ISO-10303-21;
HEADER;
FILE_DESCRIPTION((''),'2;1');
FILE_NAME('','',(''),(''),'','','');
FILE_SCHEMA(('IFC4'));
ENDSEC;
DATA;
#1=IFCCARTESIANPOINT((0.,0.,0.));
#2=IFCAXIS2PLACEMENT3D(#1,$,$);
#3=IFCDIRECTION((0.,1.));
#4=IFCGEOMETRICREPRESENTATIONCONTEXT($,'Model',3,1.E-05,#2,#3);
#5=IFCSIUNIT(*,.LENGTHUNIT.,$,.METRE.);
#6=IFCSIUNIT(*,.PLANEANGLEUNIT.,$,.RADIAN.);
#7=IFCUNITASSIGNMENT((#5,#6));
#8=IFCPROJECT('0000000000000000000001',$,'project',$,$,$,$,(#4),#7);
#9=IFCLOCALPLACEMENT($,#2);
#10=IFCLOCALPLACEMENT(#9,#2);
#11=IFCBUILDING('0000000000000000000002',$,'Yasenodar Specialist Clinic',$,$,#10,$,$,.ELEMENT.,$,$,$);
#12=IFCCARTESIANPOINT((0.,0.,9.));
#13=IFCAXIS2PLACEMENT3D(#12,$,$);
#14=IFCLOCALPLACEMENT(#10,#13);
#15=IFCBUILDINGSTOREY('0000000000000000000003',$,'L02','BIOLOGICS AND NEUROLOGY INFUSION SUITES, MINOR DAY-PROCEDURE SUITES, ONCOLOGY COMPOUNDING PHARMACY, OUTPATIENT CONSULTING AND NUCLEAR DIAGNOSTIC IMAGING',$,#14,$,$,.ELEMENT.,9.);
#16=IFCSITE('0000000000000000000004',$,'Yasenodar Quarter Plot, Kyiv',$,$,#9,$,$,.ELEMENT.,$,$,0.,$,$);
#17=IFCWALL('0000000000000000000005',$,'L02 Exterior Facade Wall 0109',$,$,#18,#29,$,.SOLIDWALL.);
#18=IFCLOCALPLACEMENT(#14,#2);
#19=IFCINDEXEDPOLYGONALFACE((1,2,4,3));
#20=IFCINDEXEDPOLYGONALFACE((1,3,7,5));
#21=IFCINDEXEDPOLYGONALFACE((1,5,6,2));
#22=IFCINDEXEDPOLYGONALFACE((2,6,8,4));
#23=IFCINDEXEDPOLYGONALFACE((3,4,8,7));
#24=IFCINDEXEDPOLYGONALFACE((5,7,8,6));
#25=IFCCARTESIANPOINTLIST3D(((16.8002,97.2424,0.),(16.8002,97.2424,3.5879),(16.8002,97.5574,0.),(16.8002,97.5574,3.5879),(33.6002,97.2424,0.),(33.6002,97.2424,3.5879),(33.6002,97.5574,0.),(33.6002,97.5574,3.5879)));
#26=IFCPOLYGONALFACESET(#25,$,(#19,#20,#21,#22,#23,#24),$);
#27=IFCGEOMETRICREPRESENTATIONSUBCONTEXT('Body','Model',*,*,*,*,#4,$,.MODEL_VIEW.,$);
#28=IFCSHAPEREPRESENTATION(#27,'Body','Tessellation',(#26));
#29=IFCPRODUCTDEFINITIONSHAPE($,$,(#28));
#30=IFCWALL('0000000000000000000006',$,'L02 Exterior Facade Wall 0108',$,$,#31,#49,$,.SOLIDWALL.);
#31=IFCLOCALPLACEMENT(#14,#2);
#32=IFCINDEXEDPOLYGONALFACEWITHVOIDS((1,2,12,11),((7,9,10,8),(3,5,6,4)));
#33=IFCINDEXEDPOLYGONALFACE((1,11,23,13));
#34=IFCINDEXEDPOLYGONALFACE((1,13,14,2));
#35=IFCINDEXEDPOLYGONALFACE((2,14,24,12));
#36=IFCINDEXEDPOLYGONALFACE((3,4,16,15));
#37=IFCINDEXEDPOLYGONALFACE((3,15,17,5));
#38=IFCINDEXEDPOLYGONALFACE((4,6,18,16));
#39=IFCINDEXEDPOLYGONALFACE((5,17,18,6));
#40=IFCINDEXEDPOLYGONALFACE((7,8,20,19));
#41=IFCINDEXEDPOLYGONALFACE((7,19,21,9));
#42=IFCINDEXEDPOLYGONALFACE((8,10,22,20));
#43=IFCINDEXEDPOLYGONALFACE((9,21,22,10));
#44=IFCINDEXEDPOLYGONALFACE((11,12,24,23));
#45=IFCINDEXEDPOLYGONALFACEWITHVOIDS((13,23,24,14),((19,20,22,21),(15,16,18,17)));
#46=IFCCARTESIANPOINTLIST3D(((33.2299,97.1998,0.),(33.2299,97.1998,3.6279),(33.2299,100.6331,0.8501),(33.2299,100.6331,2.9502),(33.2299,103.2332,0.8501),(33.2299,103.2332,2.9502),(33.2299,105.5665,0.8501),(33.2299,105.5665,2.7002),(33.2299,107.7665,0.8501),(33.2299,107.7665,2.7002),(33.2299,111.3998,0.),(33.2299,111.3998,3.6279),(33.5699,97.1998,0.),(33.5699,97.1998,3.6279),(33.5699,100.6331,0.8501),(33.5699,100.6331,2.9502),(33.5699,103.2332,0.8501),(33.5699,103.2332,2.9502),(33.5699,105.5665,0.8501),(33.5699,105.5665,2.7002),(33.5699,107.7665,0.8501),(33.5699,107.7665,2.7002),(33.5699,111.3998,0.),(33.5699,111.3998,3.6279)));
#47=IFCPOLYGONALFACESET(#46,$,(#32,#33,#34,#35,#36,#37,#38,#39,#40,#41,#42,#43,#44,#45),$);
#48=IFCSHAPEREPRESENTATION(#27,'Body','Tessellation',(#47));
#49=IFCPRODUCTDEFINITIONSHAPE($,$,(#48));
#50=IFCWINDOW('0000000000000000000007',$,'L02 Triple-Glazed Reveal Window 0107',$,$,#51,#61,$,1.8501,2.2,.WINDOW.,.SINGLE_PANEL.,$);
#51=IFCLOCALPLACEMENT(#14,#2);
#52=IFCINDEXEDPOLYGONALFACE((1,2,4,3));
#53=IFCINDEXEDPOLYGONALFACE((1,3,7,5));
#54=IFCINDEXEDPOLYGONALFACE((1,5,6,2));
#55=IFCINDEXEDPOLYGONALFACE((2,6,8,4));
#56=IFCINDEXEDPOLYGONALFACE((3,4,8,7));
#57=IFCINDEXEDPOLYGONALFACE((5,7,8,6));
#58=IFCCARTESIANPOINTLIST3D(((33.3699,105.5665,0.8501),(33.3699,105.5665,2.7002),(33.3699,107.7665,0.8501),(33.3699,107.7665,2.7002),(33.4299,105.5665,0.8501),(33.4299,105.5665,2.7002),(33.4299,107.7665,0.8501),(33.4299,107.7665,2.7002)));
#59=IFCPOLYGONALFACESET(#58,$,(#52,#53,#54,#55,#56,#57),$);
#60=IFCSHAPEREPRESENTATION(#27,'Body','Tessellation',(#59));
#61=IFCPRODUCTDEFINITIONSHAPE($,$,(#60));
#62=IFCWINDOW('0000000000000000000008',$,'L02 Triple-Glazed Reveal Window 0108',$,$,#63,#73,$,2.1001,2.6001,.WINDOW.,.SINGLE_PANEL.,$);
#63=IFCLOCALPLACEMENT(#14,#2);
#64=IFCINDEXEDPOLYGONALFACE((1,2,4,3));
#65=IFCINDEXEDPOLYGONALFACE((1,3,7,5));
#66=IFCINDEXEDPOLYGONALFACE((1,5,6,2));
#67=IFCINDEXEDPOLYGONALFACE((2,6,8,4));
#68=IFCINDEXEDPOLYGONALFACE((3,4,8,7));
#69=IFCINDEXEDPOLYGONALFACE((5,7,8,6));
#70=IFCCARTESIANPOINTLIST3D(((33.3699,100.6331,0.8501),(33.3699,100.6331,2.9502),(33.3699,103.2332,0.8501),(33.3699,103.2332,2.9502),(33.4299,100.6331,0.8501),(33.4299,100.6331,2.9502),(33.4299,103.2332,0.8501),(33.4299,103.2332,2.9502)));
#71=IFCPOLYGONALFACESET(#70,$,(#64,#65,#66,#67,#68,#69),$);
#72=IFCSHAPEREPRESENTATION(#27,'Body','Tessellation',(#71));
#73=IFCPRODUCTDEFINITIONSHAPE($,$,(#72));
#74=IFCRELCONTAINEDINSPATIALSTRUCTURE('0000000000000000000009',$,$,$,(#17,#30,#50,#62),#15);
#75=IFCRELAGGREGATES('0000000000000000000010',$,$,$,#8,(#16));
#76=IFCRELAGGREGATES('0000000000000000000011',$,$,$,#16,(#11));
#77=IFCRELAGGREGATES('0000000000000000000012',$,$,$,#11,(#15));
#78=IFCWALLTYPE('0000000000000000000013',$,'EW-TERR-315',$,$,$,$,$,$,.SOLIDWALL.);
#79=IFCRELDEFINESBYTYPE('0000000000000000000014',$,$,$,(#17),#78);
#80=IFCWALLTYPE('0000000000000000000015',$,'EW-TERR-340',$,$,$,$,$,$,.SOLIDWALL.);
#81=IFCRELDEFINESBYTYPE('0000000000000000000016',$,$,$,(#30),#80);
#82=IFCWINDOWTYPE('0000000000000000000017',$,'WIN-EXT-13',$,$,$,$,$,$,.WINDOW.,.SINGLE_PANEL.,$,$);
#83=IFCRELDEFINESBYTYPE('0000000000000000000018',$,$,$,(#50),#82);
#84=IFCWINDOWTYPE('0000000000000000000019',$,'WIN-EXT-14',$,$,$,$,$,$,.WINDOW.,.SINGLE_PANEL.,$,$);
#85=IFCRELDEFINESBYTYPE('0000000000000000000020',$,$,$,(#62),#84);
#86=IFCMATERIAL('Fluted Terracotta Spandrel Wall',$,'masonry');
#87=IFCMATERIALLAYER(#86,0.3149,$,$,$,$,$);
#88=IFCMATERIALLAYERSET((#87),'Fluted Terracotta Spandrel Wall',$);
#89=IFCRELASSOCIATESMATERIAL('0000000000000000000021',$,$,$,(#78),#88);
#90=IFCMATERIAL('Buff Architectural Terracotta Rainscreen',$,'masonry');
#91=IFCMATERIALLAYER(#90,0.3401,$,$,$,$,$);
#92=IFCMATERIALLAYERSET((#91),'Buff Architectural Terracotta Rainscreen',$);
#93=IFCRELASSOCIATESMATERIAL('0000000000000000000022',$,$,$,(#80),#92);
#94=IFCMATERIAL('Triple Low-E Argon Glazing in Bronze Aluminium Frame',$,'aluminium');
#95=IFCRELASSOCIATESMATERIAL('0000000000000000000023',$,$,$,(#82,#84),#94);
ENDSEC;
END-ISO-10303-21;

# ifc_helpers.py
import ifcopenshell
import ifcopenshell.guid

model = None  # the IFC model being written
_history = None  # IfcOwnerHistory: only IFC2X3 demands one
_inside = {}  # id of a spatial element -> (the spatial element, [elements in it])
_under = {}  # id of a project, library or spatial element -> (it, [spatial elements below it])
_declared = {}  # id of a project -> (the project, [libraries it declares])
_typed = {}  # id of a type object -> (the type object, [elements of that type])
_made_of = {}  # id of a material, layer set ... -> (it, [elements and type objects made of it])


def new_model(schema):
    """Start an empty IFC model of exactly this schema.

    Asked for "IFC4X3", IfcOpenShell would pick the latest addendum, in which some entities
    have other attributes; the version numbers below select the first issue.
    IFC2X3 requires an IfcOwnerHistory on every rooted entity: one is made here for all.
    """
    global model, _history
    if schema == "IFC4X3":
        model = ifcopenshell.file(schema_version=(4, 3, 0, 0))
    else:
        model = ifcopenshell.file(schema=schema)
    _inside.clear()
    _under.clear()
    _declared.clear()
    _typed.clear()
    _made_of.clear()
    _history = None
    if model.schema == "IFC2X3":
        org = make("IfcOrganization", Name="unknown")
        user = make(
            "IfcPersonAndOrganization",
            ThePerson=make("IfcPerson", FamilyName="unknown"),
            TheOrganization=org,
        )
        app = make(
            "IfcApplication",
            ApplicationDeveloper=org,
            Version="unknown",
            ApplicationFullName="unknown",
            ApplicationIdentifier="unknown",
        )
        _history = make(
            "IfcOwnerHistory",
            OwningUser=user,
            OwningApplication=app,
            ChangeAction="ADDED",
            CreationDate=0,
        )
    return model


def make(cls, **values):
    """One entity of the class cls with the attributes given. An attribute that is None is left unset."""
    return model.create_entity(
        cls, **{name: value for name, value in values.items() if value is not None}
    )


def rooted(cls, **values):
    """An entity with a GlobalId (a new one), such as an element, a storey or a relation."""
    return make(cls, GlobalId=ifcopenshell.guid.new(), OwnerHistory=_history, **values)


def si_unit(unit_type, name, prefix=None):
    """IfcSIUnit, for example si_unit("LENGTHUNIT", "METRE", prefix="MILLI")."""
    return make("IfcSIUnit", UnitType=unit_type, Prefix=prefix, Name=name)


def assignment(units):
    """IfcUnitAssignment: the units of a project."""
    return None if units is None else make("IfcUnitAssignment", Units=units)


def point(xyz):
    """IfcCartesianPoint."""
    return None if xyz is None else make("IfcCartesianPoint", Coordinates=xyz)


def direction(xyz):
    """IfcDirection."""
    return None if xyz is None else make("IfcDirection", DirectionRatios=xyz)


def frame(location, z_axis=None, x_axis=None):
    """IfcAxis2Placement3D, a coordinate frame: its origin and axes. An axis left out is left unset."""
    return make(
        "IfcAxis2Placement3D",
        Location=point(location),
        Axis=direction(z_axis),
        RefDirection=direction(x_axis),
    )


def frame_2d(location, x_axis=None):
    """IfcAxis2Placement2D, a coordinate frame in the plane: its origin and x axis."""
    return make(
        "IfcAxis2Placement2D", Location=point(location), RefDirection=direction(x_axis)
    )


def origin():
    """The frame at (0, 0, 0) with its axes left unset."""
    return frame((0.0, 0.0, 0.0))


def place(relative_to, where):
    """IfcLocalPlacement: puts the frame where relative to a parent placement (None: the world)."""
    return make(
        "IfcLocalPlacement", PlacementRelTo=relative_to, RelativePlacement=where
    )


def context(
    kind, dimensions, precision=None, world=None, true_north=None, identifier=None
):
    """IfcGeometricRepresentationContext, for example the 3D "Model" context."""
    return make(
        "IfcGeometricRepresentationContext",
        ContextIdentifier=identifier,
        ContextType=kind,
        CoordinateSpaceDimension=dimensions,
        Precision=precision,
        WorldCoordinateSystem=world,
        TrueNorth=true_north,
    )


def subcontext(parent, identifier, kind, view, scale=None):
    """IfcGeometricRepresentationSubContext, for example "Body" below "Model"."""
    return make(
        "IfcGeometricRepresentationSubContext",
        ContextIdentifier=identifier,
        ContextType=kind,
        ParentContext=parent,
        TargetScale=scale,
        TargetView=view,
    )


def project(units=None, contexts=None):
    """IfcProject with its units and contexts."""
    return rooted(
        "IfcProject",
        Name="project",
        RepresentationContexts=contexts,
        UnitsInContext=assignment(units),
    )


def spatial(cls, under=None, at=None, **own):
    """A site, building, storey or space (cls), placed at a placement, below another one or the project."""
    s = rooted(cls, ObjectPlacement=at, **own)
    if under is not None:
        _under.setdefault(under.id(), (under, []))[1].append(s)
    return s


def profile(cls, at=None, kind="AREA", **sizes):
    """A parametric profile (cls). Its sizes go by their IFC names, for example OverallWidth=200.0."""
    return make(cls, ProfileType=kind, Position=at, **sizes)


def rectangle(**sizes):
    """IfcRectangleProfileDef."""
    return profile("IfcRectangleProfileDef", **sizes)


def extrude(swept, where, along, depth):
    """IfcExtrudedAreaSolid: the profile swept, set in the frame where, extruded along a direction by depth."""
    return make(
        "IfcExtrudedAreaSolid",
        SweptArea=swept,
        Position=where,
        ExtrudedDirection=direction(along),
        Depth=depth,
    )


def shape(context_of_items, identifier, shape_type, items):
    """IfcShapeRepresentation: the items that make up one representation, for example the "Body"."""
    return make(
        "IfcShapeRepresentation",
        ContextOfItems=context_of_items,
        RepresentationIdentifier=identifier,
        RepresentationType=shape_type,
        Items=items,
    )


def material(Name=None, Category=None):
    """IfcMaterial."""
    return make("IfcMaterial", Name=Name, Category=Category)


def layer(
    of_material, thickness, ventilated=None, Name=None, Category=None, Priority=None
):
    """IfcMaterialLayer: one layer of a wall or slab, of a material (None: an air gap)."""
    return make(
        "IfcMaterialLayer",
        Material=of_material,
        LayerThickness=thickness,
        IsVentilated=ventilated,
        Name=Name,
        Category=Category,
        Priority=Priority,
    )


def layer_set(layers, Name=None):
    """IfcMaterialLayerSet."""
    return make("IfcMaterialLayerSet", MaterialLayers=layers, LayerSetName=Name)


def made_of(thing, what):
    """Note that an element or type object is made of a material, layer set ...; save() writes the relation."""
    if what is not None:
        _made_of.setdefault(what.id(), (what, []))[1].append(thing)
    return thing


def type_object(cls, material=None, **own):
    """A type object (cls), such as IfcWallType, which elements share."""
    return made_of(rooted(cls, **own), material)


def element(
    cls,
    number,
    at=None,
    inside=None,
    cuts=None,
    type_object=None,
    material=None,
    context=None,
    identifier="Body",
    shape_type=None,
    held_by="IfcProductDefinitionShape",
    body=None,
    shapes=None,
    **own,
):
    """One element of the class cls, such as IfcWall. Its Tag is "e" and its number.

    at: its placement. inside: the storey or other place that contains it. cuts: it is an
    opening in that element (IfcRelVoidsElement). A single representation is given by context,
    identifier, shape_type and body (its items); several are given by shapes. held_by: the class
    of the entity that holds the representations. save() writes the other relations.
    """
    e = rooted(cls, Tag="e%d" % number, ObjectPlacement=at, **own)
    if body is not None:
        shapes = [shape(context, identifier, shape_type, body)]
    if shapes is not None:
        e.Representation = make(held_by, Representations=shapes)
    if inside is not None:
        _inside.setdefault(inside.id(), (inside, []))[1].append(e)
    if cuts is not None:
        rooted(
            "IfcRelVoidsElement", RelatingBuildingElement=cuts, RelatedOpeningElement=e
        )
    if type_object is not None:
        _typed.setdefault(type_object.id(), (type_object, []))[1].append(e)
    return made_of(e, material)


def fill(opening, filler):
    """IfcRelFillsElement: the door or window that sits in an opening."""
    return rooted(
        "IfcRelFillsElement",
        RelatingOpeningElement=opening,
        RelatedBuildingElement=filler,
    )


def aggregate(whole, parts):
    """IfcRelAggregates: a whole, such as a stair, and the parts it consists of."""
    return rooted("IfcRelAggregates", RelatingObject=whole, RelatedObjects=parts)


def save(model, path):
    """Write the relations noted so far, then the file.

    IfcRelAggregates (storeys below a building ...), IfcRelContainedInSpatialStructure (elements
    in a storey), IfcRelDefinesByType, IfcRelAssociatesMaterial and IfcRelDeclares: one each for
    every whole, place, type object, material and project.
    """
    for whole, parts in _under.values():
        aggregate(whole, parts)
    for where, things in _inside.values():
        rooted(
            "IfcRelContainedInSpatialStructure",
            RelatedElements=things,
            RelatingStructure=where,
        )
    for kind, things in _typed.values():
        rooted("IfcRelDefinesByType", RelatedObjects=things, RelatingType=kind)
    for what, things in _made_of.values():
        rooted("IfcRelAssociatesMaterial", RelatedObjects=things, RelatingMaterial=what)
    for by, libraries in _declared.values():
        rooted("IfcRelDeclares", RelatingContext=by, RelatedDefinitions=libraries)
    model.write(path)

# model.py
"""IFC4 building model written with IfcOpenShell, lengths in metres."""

from ifc_helpers import new_model, si_unit, direction, frame, frame_2d, origin, place, context, subcontext, project, spatial, rectangle, extrude, material, layer, layer_set, type_object, element, fill, save


model = new_model("IFC4")

# Units and contexts
model_context = context("Model", 3, precision=1e-05, world=origin(), true_north=direction((0.0, 1.0)))
body_context = subcontext(model_context, "Body", "Model", "MODEL_VIEW")
ifc_project = project(units=[si_unit("LENGTHUNIT", "METRE"), si_unit("PLANEANGLEUNIT", "RADIAN")], contexts=[model_context])

# Site, building, storey
site_placement = place(None, origin())
site = spatial("IfcSite", under=ifc_project, at=site_placement, Name="Yasenodar Quarter Plot, Kyiv", CompositionType="ELEMENT", RefElevation=0.0)
building_placement = place(site_placement, origin())
building = spatial("IfcBuilding", under=site, at=building_placement, Name="Yasenodar Specialist Clinic", CompositionType="ELEMENT")
storey_placement = place(building_placement, frame((0.0, 0.0, 9.0)))
storey = spatial("IfcBuildingStorey", under=building, at=storey_placement, Name="L02", Description="BIOLOGICS AND NEUROLOGY INFUSION SUITES, MINOR DAY-PROCEDURE SUITES, ONCOLOGY COMPOUNDING PHARMACY, OUTPATIENT CONSULTING AND NUCLEAR DIAGNOSTIC IMAGING", CompositionType="ELEMENT", Elevation=9.0)

# Wall
ifc_material_1 = material(Name="Fluted Terracotta Spandrel Wall", Category="masonry")
ifc_layer_1 = layer(ifc_material_1, 0.3149)
ifc_layer_set_1 = layer_set([ifc_layer_1], Name="Fluted Terracotta Spandrel Wall")
wall_type_1 = type_object("IfcWallType", Name="EW-TERR-315", PredefinedType="SOLIDWALL", material=ifc_layer_set_1)
wall_1_placement = place(storey_placement, frame((33.6001, 97.3999, 0.0), z_axis=(0.0, 0.0, 1.0), x_axis=(-1.0, 0.0, 0.0)))
element("IfcWall", 1, at=wall_1_placement, inside=storey, type_object=wall_type_1, Name="L02 Exterior Facade Wall 0109", PredefinedType="SOLIDWALL", context=body_context, shape_type="SweptSolid", body=[
    extrude(rectangle(XDim=16.8, YDim=0.3149, at=frame_2d((8.3999, 0.0))), origin(), (0.0, 0.0, 1.0), 3.5879),
])

# Wall, openings, windows
ifc_material_2 = material(Name="Buff Architectural Terracotta Rainscreen", Category="masonry")
ifc_layer_2 = layer(ifc_material_2, 0.3401)
ifc_layer_set_2 = layer_set([ifc_layer_2], Name="Buff Architectural Terracotta Rainscreen")
wall_type_2 = type_object("IfcWallType", Name="EW-TERR-340", PredefinedType="SOLIDWALL", material=ifc_layer_set_2)
wall_2_placement = place(storey_placement, frame((33.3999, 111.3999, 0.0), z_axis=(0.0, 0.0, 1.0), x_axis=(0.0, -1.0, 0.0)))
wall_2 = element("IfcWall", 2, at=wall_2_placement, inside=storey, type_object=wall_type_2, Name="L02 Exterior Facade Wall 0108", PredefinedType="SOLIDWALL", context=body_context, shape_type="SweptSolid", body=[
    extrude(rectangle(XDim=14.2, YDim=0.3401, at=frame_2d((7.1001, 0.0))), origin(), (0.0, 0.0, 1.0), 3.6279),
])
opening_1_placement = place(wall_2_placement, frame((3.6333, 0.0, 0.8501)))
opening_1 = element("IfcOpeningElement", 3, at=opening_1_placement, cuts=wall_2, PredefinedType="OPENING", context=body_context, shape_type="SweptSolid", body=[
    extrude(rectangle(XDim=2.2, YDim=1.8501, at=frame_2d((1.1001, 0.925))), frame((0.0, 0.1802, 0.0), z_axis=(0.0, -1.0, 0.0), x_axis=(1.0, 0.0, 0.0)), (0.0, 0.0, 1.0), 0.3601),
])
opening_2_placement = place(wall_2_placement, frame((8.1667, 0.0, 0.8501)))
opening_2 = element("IfcOpeningElement", 4, at=opening_2_placement, cuts=wall_2, PredefinedType="OPENING", context=body_context, shape_type="SweptSolid", body=[
    extrude(rectangle(XDim=2.6001, YDim=2.1001, at=frame_2d((1.3, 1.05))), frame((0.0, 0.1802, 0.0), z_axis=(0.0, -1.0, 0.0), x_axis=(1.0, 0.0, 0.0)), (0.0, 0.0, 1.0), 0.3601),
])
ifc_material_3 = material(Name="Triple Low-E Argon Glazing in Bronze Aluminium Frame", Category="aluminium")
window_type_1 = type_object("IfcWindowType", Name="WIN-EXT-13", PartitioningType="SINGLE_PANEL", PredefinedType="WINDOW", material=ifc_material_3)
window_1_placement = place(opening_1_placement, origin())
window_1 = element("IfcWindow", 5, at=window_1_placement, inside=storey, type_object=window_type_1, Name="L02 Triple-Glazed Reveal Window 0107", OverallHeight=1.8501, OverallWidth=2.2, PartitioningType="SINGLE_PANEL", PredefinedType="WINDOW", context=body_context, shape_type="SweptSolid", body=[
    extrude(rectangle(XDim=2.2, YDim=1.8501, at=frame_2d((1.1001, 0.925))), frame((0.0, 0.03, 0.0), z_axis=(0.0, -1.0, 0.0), x_axis=(1.0, 0.0, 0.0)), (0.0, 0.0, 1.0), 0.0601),
])
fill(opening_1, window_1)
window_type_2 = type_object("IfcWindowType", Name="WIN-EXT-14", PartitioningType="SINGLE_PANEL", PredefinedType="WINDOW", material=ifc_material_3)
window_2_placement = place(opening_2_placement, origin())
window_2 = element("IfcWindow", 6, at=window_2_placement, inside=storey, type_object=window_type_2, Name="L02 Triple-Glazed Reveal Window 0108", OverallHeight=2.1001, OverallWidth=2.6001, PartitioningType="SINGLE_PANEL", PredefinedType="WINDOW", context=body_context, shape_type="SweptSolid", body=[
    extrude(rectangle(XDim=2.6001, YDim=2.1001, at=frame_2d((1.3, 1.05))), frame((0.0, 0.03, 0.0), z_axis=(0.0, -1.0, 0.0), x_axis=(1.0, 0.0, 0.0)), (0.0, 0.0, 1.0), 0.0601),
])
fill(opening_2, window_2)

save(model, "model.ifc")
